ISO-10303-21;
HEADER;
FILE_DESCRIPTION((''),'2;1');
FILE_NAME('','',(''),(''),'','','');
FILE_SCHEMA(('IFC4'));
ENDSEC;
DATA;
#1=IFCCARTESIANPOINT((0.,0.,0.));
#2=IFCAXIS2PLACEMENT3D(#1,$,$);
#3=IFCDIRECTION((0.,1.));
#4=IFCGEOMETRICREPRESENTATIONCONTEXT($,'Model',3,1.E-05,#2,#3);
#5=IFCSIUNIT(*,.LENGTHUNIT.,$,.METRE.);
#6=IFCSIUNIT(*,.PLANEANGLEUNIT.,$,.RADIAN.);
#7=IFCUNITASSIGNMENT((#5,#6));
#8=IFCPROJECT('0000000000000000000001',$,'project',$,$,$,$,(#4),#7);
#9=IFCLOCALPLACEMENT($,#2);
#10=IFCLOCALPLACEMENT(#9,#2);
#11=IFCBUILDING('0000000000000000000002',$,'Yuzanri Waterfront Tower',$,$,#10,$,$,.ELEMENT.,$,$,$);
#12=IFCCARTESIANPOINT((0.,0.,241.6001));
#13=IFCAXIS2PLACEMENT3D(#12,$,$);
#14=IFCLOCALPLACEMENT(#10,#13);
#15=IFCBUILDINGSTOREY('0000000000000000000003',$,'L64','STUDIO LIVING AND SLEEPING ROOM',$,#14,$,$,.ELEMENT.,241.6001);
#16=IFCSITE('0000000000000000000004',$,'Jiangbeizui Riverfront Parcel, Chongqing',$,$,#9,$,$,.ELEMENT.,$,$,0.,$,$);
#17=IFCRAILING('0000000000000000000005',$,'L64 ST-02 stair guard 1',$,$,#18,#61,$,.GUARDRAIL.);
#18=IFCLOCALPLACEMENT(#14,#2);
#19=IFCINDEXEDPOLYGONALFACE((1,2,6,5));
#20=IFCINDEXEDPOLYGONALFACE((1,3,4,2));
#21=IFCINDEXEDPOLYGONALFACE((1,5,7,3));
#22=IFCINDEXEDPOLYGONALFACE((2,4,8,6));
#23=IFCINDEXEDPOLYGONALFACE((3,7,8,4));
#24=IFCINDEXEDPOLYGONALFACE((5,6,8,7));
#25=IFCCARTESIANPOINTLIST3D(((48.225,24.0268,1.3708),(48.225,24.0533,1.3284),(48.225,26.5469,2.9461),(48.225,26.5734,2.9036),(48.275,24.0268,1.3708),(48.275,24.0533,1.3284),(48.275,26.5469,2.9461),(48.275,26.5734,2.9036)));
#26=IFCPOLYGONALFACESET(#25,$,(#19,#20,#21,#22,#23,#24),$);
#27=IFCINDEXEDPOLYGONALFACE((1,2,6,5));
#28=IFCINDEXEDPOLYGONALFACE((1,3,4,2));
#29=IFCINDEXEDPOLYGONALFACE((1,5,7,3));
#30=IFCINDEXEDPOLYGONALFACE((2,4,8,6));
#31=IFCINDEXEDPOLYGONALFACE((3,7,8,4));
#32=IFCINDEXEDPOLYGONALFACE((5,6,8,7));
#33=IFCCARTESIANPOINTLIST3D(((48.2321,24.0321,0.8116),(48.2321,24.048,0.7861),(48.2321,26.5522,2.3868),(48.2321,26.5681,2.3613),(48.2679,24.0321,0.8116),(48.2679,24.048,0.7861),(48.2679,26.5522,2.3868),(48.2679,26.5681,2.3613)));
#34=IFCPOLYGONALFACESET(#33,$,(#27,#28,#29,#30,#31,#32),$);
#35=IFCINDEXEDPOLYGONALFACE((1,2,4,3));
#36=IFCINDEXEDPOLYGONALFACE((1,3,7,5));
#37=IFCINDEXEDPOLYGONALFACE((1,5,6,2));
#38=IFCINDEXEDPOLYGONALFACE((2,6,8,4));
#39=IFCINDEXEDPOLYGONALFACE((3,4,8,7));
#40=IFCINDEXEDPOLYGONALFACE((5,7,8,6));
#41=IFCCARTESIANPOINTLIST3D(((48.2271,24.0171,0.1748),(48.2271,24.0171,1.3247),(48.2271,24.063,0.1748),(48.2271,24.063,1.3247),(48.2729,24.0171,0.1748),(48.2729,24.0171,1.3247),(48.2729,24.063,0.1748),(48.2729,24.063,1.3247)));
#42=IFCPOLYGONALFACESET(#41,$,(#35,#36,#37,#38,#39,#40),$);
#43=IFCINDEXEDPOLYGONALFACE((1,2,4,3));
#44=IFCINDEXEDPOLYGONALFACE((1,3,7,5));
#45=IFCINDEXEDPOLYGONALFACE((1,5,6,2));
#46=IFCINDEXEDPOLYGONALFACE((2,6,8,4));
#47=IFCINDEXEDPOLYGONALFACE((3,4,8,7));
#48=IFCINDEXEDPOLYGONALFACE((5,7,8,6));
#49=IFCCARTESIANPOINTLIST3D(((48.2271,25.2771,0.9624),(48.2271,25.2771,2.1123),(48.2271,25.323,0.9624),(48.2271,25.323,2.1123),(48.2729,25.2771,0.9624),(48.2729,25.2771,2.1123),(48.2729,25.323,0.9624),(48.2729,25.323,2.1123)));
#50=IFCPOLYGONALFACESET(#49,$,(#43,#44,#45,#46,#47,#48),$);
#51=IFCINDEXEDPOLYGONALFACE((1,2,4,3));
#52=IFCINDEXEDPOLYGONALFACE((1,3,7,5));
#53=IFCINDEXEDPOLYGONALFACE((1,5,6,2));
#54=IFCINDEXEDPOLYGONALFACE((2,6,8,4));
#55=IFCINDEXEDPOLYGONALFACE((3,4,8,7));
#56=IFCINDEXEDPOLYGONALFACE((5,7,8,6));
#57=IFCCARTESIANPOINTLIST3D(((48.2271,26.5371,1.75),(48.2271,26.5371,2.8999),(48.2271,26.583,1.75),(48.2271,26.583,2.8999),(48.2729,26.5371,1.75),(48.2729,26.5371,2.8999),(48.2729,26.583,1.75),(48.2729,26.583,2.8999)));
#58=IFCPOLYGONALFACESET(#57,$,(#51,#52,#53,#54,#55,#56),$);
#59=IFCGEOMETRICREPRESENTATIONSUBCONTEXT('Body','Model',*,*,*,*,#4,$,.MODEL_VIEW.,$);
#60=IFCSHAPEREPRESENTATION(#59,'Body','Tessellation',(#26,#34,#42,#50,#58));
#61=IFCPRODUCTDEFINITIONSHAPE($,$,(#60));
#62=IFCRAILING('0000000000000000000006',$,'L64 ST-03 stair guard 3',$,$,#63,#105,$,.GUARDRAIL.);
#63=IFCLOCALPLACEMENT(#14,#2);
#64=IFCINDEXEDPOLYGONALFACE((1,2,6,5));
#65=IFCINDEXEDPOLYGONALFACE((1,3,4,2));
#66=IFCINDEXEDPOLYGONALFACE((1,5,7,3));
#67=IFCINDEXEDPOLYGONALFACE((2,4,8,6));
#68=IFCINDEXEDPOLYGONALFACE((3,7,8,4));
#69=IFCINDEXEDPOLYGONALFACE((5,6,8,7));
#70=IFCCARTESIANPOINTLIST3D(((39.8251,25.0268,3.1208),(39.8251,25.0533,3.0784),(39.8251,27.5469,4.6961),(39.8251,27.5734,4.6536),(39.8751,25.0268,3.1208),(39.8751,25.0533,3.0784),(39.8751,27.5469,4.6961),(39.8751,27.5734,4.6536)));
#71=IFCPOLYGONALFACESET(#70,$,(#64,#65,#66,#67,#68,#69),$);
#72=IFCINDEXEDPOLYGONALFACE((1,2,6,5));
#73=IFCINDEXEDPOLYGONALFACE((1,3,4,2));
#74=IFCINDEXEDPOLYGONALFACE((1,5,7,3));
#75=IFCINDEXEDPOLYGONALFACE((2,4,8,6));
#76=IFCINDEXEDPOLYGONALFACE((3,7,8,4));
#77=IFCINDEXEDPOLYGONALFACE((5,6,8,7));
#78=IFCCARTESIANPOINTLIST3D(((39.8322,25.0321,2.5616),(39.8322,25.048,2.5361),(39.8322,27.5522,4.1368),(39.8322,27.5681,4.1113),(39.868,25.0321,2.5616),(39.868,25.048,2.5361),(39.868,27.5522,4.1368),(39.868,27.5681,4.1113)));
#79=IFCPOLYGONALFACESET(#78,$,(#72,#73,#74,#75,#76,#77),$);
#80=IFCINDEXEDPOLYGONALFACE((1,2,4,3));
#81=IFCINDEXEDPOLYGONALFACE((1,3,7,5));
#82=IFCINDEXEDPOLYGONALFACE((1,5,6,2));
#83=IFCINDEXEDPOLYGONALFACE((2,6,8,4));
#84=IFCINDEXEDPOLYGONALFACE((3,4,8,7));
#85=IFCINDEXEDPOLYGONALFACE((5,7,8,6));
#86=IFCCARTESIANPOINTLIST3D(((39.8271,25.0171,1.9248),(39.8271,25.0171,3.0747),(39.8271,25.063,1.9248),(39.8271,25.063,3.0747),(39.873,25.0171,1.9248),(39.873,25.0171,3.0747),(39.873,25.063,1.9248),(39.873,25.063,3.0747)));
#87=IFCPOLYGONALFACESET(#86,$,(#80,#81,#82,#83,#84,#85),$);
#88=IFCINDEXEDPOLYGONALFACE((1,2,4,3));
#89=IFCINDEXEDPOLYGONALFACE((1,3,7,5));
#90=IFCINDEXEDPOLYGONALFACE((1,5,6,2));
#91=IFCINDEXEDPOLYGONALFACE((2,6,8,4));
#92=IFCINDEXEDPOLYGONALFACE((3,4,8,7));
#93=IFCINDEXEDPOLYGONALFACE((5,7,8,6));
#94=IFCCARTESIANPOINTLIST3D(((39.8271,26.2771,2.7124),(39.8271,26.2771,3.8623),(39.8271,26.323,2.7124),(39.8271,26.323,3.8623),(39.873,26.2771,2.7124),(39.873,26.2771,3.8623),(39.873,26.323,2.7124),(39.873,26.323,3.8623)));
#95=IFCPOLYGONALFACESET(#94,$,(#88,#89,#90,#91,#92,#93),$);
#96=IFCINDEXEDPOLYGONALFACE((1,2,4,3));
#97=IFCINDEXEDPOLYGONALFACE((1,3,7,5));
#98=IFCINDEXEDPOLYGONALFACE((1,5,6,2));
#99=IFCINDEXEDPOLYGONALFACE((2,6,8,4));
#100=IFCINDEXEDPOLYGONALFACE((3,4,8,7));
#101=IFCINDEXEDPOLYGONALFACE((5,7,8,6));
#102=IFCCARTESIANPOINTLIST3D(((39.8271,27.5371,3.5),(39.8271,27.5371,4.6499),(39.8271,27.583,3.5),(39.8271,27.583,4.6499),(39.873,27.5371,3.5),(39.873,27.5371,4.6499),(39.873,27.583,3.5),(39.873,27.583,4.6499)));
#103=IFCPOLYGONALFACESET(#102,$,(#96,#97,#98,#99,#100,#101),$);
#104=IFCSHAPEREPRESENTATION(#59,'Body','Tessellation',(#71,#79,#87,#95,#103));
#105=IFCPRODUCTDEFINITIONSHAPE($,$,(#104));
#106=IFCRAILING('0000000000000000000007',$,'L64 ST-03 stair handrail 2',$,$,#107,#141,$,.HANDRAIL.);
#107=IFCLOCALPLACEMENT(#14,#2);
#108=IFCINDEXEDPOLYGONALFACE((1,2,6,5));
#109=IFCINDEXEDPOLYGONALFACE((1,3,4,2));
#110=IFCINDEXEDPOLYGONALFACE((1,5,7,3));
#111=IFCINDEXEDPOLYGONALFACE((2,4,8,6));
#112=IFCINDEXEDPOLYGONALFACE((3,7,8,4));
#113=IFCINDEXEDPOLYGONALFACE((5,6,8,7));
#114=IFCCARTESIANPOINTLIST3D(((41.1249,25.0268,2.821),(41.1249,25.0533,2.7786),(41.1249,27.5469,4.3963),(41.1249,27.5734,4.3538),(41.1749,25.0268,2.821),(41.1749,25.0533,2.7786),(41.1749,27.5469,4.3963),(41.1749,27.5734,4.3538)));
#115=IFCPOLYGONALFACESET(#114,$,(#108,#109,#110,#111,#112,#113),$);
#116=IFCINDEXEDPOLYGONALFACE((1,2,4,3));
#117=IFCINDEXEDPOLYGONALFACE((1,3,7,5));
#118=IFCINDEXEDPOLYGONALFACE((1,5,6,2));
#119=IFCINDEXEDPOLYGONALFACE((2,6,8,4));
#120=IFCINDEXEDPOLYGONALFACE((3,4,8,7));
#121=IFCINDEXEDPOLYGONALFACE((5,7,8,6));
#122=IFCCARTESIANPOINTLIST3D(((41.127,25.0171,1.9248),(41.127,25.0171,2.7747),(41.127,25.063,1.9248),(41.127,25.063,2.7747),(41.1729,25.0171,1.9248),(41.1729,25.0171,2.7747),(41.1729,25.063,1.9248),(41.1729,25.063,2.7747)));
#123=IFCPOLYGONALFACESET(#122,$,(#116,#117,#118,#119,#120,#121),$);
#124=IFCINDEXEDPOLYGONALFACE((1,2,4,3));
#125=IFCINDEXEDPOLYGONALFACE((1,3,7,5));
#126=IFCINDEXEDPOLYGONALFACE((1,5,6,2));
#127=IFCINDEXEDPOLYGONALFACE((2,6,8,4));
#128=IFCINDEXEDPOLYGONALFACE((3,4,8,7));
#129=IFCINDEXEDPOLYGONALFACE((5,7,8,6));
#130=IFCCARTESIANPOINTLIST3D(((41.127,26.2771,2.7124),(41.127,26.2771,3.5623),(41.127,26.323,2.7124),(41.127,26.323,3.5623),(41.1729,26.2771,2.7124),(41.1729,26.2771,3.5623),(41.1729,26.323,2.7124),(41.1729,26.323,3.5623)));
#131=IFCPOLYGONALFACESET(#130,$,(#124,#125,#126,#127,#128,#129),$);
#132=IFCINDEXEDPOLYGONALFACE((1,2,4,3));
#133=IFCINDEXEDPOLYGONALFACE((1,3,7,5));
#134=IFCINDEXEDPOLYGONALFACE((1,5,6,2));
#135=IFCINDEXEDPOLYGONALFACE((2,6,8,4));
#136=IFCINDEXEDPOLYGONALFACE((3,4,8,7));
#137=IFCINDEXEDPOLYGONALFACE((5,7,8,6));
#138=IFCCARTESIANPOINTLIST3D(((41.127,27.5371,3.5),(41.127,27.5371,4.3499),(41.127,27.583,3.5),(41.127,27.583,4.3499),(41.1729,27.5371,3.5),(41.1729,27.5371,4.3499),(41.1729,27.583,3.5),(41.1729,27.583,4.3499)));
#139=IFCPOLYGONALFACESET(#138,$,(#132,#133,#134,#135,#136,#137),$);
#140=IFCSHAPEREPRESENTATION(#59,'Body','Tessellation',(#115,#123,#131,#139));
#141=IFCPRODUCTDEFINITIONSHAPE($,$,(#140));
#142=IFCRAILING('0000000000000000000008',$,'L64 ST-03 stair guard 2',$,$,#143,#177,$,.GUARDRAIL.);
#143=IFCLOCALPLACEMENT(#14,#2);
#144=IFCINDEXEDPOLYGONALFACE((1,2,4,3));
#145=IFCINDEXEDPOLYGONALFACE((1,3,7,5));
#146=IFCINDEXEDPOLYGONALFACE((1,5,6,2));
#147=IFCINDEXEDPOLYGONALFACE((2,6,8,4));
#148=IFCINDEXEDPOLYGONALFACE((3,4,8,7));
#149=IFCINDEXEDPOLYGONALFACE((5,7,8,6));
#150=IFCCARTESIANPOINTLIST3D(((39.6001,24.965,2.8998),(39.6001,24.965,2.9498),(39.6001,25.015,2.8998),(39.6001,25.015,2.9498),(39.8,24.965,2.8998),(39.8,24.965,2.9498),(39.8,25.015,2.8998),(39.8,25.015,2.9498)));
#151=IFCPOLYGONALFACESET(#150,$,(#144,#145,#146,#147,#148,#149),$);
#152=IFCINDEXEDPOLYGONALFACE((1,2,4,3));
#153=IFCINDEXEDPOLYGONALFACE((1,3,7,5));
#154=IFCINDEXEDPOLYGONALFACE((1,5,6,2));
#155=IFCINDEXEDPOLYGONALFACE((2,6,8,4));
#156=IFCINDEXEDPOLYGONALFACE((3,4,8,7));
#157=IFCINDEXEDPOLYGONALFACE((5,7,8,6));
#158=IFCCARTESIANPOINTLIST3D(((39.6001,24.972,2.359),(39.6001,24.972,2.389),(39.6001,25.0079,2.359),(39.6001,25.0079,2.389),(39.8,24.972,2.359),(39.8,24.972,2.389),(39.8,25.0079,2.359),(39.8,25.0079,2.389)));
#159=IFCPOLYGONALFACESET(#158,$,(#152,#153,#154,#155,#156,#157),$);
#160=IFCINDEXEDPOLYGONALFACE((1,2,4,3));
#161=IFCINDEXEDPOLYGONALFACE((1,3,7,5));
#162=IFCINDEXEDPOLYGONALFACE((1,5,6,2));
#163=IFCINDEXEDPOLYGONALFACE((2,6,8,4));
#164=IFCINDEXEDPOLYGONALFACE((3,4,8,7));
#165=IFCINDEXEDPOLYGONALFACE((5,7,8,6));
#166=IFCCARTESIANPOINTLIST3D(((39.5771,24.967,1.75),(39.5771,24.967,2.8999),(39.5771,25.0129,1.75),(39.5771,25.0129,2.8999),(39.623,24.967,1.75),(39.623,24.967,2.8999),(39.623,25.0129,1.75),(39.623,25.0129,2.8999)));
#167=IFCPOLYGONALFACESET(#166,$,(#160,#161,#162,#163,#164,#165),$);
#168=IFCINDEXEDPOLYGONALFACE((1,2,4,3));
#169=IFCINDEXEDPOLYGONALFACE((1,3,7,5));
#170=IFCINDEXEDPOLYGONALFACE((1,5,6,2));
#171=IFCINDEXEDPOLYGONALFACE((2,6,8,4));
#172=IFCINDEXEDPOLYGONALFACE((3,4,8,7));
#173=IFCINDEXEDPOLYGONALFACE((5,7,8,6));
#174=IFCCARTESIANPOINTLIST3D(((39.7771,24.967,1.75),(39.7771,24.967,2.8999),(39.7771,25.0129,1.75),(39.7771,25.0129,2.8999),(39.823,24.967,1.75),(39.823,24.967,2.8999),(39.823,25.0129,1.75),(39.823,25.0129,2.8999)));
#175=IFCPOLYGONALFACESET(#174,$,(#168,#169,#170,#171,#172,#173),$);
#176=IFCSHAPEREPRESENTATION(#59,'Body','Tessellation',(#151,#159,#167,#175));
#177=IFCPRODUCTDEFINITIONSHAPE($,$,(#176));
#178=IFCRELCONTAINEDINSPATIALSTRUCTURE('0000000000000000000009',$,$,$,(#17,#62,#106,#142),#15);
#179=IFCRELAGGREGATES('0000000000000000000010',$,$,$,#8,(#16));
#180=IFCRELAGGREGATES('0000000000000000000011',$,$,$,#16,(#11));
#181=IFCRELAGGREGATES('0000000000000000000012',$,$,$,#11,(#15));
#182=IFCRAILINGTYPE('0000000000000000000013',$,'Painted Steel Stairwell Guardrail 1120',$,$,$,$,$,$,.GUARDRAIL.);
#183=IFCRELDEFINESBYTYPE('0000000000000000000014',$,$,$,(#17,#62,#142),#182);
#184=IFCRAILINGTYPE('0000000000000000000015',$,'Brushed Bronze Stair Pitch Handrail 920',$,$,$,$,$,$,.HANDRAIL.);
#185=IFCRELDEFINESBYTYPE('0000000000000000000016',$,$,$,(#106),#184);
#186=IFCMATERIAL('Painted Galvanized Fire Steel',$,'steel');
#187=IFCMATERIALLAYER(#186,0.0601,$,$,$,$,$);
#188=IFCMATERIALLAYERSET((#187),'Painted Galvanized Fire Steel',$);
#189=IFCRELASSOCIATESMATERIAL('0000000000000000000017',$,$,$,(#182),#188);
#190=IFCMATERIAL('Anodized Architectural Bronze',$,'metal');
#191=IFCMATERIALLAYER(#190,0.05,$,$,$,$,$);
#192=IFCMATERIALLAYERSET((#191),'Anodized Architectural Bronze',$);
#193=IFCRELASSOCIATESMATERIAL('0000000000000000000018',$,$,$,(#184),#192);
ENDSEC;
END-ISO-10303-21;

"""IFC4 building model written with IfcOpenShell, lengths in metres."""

from ifc_helpers import new_model, si_unit, direction, frame, origin, origin_2d, place, context, subcontext, project, spatial, rectangle, extrude, source, transform, mapped, material, layer, layer_set, type_object, element, save


model = new_model("IFC4")

# Units and contexts
model_context = context("Model", 3, precision=1e-05, world=origin(), true_north=direction((0.0, 1.0)))
body_context = subcontext(model_context, "Body", "Model", "MODEL_VIEW")
ifc_project = project(units=[si_unit("LENGTHUNIT", "METRE"), si_unit("PLANEANGLEUNIT", "RADIAN")], contexts=[model_context])

# Site, building, storey
site_placement = place(None, origin())
site = spatial("IfcSite", under=ifc_project, at=site_placement, Name="Jiangbeizui Riverfront Parcel, Chongqing", CompositionType="ELEMENT", RefElevation=0.0)
building_placement = place(site_placement, origin())
building = spatial("IfcBuilding", under=site, at=building_placement, Name="Yuzanri Waterfront Tower", CompositionType="ELEMENT")
storey_placement = place(building_placement, frame((0.0, 0.0, 241.6001)))
storey = spatial("IfcBuildingStorey", under=building, at=storey_placement, Name="L64", Description="STUDIO LIVING AND SLEEPING ROOM", CompositionType="ELEMENT", Elevation=241.6001)

# Railings
ifc_material_1 = material(Name="Painted Galvanized Fire Steel", Category="steel")
ifc_layer_1 = layer(ifc_material_1, 0.0601)
ifc_layer_set_1 = layer_set([ifc_layer_1], Name="Painted Galvanized Fire Steel")
railing_type_1 = type_object("IfcRailingType", Name="Painted Steel Stairwell Guardrail 1120", PredefinedType="GUARDRAIL", material=ifc_layer_set_1)
shared_shape_1 = source(origin(), body_context, "Body", "SweptSolid", [
    extrude(rectangle(XDim=0.05, YDim=0.05, at=origin_2d()), frame((0.0, 0.0, 1.1748), z_axis=(0.0, 0.847971, 0.530043), x_axis=(-1.0, 0.0, 0.0)), (0.0, 0.0, 1.0), 2.9719),
    extrude(rectangle(XDim=0.0359, YDim=0.03, at=origin_2d()), frame((0.0, 0.0, 0.624), z_axis=(0.0, 0.847971, 0.530043), x_axis=(-1.0, 0.0, 0.0)), (0.0, 0.0, 1.0), 2.9719),
    extrude(rectangle(XDim=0.0459, YDim=0.0459, at=origin_2d()), origin(), (0.0, 0.0, 1.0), 1.1499),
    extrude(rectangle(XDim=0.0459, YDim=0.0459, at=origin_2d()), frame((0.0, 1.26, 0.7876)), (0.0, 0.0, 1.0), 1.1499),
    extrude(rectangle(XDim=0.0459, YDim=0.0459, at=origin_2d()), frame((0.0, 2.52, 1.5752)), (0.0, 0.0, 1.0), 1.1499),
])
for number, where, name in (
    (1, (48.25, 24.04, 0.1748), "L64 ST-02 stair guard 1"),
    (2, (39.8501, 25.04, 1.9248), "L64 ST-03 stair guard 3"),
):
    element("IfcRailing", number, at=place(storey_placement, frame(where)), inside=storey, type_object=railing_type_1, Name=name, PredefinedType="GUARDRAIL", context=body_context, shape_type="MappedRepresentation", body=[
        mapped(shared_shape_1, transform((0.0, 0.0, 0.0), scale=1.0)),
    ])
ifc_material_2 = material(Name="Anodized Architectural Bronze", Category="metal")
ifc_layer_2 = layer(ifc_material_2, 0.05)
ifc_layer_set_2 = layer_set([ifc_layer_2], Name="Anodized Architectural Bronze")
railing_type_2 = type_object("IfcRailingType", Name="Brushed Bronze Stair Pitch Handrail 920", PredefinedType="HANDRAIL", material=ifc_layer_set_2)
shared_shape_2 = source(origin(), body_context, "Body", "SweptSolid", [
    extrude(rectangle(XDim=0.05, YDim=0.05, at=origin_2d()), frame((0.0, 0.0, 0.875), z_axis=(0.0, 0.847971, 0.530043), x_axis=(-1.0, 0.0, 0.0)), (0.0, 0.0, 1.0), 2.9719),
    extrude(rectangle(XDim=0.0459, YDim=0.0459, at=origin_2d()), origin(), (0.0, 0.0, 1.0), 0.8499),
    extrude(rectangle(XDim=0.0459, YDim=0.0459, at=origin_2d()), frame((0.0, 1.26, 0.7876)), (0.0, 0.0, 1.0), 0.8499),
    extrude(rectangle(XDim=0.0459, YDim=0.0459, at=origin_2d()), frame((0.0, 2.52, 1.5752)), (0.0, 0.0, 1.0), 0.8499),
])
railing_1_placement = place(storey_placement, frame((41.1499, 25.04, 1.9248)))
element("IfcRailing", 3, at=railing_1_placement, inside=storey, type_object=railing_type_2, Name="L64 ST-03 stair handrail 2", PredefinedType="HANDRAIL", context=body_context, shape_type="MappedRepresentation", body=[
    mapped(shared_shape_2, transform((0.0, 0.0, 0.0), scale=1.0)),
])
shared_shape_3 = source(origin(), body_context, "Body", "SweptSolid", [
    extrude(rectangle(XDim=0.05, YDim=0.05, at=origin_2d()), frame((0.0, 0.0, 1.1748), z_axis=(1.0, 0.0, 0.0), x_axis=(0.0, 1.0, 0.0)), (0.0, 0.0, 1.0), 0.2),
    extrude(rectangle(XDim=0.0359, YDim=0.03, at=origin_2d()), frame((0.0, 0.0, 0.624), z_axis=(1.0, 0.0, 0.0), x_axis=(0.0, 1.0, 0.0)), (0.0, 0.0, 1.0), 0.2),
    extrude(rectangle(XDim=0.0459, YDim=0.0459, at=origin_2d()), origin(), (0.0, 0.0, 1.0), 1.1499),
    extrude(rectangle(XDim=0.0459, YDim=0.0459, at=origin_2d()), frame((0.2, 0.0, 0.0)), (0.0, 0.0, 1.0), 1.1499),
])
railing_2_placement = place(storey_placement, frame((39.6001, 24.99, 1.75)))
element("IfcRailing", 4, at=railing_2_placement, inside=storey, type_object=railing_type_1, Name="L64 ST-03 stair guard 2", PredefinedType="GUARDRAIL", context=body_context, shape_type="MappedRepresentation", body=[
    mapped(shared_shape_3, transform((0.0, 0.0, 0.0), scale=1.0)),
])

save(model, "model.ifc")
